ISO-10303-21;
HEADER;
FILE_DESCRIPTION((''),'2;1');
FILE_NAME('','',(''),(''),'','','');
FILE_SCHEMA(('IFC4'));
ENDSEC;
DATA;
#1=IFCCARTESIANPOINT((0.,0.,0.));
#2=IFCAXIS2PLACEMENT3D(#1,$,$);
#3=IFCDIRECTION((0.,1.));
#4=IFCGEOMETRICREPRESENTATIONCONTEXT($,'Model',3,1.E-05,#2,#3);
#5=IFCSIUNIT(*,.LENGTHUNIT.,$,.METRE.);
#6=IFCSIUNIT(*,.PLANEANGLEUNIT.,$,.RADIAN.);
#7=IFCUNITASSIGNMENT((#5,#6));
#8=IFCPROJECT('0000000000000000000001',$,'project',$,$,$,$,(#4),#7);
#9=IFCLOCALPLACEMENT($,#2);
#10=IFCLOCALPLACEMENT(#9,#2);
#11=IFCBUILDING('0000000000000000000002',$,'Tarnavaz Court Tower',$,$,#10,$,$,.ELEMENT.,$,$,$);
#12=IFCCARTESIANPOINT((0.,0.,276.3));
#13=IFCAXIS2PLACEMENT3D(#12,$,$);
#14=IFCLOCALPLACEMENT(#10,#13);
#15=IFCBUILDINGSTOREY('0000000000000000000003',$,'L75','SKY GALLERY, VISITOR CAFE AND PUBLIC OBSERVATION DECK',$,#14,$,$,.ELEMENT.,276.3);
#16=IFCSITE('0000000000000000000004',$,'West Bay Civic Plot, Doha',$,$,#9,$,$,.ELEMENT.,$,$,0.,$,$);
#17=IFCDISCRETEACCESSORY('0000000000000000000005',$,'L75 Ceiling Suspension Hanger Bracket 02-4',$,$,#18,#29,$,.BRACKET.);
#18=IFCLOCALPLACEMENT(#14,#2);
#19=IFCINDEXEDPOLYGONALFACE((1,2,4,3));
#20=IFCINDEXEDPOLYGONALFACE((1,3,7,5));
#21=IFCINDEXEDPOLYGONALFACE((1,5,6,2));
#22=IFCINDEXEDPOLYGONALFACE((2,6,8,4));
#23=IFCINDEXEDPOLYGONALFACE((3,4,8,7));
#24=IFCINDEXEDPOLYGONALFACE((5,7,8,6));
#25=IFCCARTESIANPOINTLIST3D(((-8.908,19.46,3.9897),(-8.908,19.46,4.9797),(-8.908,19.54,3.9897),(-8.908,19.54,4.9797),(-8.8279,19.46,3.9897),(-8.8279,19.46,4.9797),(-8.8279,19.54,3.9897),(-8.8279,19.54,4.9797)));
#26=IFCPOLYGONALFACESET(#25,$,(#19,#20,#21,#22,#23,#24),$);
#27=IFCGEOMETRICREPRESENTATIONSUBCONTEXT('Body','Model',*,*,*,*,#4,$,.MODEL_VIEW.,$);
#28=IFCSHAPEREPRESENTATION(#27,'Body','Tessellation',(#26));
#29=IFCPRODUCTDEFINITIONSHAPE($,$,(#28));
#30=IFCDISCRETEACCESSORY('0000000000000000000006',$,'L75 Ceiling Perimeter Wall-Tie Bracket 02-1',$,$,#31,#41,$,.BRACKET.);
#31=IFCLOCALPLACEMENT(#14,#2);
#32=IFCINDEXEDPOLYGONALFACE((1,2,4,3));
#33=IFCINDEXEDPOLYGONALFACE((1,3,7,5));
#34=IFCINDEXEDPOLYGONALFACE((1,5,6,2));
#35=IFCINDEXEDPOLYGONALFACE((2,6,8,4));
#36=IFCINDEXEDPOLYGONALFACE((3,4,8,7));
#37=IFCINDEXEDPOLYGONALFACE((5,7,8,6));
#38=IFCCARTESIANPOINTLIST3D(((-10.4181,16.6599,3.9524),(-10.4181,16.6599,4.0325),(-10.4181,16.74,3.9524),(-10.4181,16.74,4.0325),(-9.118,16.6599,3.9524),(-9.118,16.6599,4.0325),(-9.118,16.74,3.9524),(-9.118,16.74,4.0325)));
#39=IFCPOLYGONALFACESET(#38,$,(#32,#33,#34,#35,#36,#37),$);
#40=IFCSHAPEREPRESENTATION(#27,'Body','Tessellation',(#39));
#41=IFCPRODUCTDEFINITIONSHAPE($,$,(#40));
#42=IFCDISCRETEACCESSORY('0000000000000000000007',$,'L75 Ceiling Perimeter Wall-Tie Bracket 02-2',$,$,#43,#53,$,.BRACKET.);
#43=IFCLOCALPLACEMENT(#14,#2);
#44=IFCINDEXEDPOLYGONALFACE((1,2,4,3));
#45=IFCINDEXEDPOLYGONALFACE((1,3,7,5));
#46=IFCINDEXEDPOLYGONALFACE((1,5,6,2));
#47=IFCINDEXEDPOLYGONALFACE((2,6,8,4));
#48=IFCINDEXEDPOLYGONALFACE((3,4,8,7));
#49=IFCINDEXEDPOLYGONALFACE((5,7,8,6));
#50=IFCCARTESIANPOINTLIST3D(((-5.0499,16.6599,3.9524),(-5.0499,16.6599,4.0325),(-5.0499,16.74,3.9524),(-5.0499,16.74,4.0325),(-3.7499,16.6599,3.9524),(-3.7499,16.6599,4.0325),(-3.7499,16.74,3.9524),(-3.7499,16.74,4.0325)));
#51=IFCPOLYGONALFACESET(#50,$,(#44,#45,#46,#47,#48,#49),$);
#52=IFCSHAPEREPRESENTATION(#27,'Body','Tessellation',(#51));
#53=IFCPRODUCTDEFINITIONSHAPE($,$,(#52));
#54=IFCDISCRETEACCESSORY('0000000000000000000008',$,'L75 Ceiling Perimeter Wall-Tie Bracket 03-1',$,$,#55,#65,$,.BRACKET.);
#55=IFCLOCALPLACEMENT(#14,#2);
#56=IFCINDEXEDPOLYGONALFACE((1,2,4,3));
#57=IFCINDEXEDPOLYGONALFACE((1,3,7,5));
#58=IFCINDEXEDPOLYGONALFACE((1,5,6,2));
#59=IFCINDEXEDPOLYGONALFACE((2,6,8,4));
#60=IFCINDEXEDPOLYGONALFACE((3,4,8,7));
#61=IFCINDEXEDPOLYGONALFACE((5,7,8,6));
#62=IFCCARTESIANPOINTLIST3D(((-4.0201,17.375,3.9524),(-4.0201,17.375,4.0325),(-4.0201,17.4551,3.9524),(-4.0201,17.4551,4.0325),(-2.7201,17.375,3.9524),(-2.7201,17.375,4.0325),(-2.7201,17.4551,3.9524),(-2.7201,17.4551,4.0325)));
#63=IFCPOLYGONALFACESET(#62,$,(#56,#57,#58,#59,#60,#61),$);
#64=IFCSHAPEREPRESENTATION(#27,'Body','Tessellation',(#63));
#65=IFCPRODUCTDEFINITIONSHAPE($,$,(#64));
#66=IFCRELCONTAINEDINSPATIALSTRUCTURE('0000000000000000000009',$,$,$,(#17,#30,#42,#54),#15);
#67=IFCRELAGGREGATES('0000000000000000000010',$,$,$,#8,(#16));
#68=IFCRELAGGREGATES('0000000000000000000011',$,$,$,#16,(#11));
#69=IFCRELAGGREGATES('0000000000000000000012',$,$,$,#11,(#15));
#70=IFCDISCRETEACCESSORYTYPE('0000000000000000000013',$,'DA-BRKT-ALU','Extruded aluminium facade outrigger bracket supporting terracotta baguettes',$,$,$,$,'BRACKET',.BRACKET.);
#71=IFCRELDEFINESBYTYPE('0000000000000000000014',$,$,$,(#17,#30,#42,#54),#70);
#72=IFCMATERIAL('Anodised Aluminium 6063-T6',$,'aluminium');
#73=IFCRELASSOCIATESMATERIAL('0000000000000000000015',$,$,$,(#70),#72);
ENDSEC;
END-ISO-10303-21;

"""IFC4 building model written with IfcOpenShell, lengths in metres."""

from ifc_helpers import new_model, si_unit, direction, frame, origin, origin_2d, place, context, subcontext, project, spatial, rectangle, extrude, material, type_object, element, save


model = new_model("IFC4")

# Units and contexts
model_context = context("Model", 3, precision=1e-05, world=origin(), true_north=direction((0.0, 1.0)))
body_context = subcontext(model_context, "Body", "Model", "MODEL_VIEW")
ifc_project = project(units=[si_unit("LENGTHUNIT", "METRE"), si_unit("PLANEANGLEUNIT", "RADIAN")], contexts=[model_context])

# Site, building, storey
site_placement = place(None, origin())
site = spatial("IfcSite", under=ifc_project, at=site_placement, Name="West Bay Civic Plot, Doha", CompositionType="ELEMENT", RefElevation=0.0)
building_placement = place(site_placement, origin())
building = spatial("IfcBuilding", under=site, at=building_placement, Name="Tarnavaz Court Tower", CompositionType="ELEMENT")
storey_placement = place(building_placement, frame((0.0, 0.0, 276.3)))
storey = spatial("IfcBuildingStorey", under=building, at=storey_placement, Name="L75", Description="SKY GALLERY, VISITOR CAFE AND PUBLIC OBSERVATION DECK", CompositionType="ELEMENT", Elevation=276.3)

# Shared definitions
ifc_material_1 = material(Name="Anodised Aluminium 6063-T6", Category="aluminium")

# Discrete accessories
discrete_accessory_type = type_object("IfcDiscreteAccessoryType", Name="DA-BRKT-ALU", Description="Extruded aluminium facade outrigger bracket supporting terracotta baguettes", ElementType="BRACKET", PredefinedType="BRACKET", material=ifc_material_1)
for number, where, z_axis, x_axis, name in (
    (1, (-8.8679, 19.5, 3.9897), (0.0, 0.0, 1.0), (1.0, 0.0, 0.0), "L75 Ceiling Suspension Hanger Bracket 02-4"),
):
    element("IfcDiscreteAccessory", number, at=place(storey_placement, frame(where, z_axis=z_axis, x_axis=x_axis)), inside=storey, type_object=discrete_accessory_type, Name=name, PredefinedType="BRACKET", context=body_context, shape_type="SweptSolid", body=[
        extrude(rectangle(XDim=0.0801, YDim=0.0801, at=origin_2d()), origin(), (0.0, 0.0, 1.0), 0.99),
    ])
for number, where, z_axis, x_axis, name in (
    (2, (-9.7681, 16.7, 3.9524), (0.0, 0.0, 1.0), (1.0, 0.0, 0.0), "L75 Ceiling Perimeter Wall-Tie Bracket 02-1"),
    (3, (-4.3999, 16.7, 3.9524), (0.0, 0.0, 1.0), (1.0, 0.0, 0.0), "L75 Ceiling Perimeter Wall-Tie Bracket 02-2"),
    (4, (-3.3701, 17.415, 3.9524), (0.0, 0.0, 1.0), (1.0, 0.0, 0.0), "L75 Ceiling Perimeter Wall-Tie Bracket 03-1"),
):
    element("IfcDiscreteAccessory", number, at=place(storey_placement, frame(where, z_axis=z_axis, x_axis=x_axis)), inside=storey, type_object=discrete_accessory_type, Name=name, PredefinedType="BRACKET", context=body_context, shape_type="SweptSolid", body=[
        extrude(rectangle(XDim=1.3, YDim=0.0801, at=origin_2d()), origin(), (0.0, 0.0, 1.0), 0.0801),
    ])

save(model, "model.ifc")
